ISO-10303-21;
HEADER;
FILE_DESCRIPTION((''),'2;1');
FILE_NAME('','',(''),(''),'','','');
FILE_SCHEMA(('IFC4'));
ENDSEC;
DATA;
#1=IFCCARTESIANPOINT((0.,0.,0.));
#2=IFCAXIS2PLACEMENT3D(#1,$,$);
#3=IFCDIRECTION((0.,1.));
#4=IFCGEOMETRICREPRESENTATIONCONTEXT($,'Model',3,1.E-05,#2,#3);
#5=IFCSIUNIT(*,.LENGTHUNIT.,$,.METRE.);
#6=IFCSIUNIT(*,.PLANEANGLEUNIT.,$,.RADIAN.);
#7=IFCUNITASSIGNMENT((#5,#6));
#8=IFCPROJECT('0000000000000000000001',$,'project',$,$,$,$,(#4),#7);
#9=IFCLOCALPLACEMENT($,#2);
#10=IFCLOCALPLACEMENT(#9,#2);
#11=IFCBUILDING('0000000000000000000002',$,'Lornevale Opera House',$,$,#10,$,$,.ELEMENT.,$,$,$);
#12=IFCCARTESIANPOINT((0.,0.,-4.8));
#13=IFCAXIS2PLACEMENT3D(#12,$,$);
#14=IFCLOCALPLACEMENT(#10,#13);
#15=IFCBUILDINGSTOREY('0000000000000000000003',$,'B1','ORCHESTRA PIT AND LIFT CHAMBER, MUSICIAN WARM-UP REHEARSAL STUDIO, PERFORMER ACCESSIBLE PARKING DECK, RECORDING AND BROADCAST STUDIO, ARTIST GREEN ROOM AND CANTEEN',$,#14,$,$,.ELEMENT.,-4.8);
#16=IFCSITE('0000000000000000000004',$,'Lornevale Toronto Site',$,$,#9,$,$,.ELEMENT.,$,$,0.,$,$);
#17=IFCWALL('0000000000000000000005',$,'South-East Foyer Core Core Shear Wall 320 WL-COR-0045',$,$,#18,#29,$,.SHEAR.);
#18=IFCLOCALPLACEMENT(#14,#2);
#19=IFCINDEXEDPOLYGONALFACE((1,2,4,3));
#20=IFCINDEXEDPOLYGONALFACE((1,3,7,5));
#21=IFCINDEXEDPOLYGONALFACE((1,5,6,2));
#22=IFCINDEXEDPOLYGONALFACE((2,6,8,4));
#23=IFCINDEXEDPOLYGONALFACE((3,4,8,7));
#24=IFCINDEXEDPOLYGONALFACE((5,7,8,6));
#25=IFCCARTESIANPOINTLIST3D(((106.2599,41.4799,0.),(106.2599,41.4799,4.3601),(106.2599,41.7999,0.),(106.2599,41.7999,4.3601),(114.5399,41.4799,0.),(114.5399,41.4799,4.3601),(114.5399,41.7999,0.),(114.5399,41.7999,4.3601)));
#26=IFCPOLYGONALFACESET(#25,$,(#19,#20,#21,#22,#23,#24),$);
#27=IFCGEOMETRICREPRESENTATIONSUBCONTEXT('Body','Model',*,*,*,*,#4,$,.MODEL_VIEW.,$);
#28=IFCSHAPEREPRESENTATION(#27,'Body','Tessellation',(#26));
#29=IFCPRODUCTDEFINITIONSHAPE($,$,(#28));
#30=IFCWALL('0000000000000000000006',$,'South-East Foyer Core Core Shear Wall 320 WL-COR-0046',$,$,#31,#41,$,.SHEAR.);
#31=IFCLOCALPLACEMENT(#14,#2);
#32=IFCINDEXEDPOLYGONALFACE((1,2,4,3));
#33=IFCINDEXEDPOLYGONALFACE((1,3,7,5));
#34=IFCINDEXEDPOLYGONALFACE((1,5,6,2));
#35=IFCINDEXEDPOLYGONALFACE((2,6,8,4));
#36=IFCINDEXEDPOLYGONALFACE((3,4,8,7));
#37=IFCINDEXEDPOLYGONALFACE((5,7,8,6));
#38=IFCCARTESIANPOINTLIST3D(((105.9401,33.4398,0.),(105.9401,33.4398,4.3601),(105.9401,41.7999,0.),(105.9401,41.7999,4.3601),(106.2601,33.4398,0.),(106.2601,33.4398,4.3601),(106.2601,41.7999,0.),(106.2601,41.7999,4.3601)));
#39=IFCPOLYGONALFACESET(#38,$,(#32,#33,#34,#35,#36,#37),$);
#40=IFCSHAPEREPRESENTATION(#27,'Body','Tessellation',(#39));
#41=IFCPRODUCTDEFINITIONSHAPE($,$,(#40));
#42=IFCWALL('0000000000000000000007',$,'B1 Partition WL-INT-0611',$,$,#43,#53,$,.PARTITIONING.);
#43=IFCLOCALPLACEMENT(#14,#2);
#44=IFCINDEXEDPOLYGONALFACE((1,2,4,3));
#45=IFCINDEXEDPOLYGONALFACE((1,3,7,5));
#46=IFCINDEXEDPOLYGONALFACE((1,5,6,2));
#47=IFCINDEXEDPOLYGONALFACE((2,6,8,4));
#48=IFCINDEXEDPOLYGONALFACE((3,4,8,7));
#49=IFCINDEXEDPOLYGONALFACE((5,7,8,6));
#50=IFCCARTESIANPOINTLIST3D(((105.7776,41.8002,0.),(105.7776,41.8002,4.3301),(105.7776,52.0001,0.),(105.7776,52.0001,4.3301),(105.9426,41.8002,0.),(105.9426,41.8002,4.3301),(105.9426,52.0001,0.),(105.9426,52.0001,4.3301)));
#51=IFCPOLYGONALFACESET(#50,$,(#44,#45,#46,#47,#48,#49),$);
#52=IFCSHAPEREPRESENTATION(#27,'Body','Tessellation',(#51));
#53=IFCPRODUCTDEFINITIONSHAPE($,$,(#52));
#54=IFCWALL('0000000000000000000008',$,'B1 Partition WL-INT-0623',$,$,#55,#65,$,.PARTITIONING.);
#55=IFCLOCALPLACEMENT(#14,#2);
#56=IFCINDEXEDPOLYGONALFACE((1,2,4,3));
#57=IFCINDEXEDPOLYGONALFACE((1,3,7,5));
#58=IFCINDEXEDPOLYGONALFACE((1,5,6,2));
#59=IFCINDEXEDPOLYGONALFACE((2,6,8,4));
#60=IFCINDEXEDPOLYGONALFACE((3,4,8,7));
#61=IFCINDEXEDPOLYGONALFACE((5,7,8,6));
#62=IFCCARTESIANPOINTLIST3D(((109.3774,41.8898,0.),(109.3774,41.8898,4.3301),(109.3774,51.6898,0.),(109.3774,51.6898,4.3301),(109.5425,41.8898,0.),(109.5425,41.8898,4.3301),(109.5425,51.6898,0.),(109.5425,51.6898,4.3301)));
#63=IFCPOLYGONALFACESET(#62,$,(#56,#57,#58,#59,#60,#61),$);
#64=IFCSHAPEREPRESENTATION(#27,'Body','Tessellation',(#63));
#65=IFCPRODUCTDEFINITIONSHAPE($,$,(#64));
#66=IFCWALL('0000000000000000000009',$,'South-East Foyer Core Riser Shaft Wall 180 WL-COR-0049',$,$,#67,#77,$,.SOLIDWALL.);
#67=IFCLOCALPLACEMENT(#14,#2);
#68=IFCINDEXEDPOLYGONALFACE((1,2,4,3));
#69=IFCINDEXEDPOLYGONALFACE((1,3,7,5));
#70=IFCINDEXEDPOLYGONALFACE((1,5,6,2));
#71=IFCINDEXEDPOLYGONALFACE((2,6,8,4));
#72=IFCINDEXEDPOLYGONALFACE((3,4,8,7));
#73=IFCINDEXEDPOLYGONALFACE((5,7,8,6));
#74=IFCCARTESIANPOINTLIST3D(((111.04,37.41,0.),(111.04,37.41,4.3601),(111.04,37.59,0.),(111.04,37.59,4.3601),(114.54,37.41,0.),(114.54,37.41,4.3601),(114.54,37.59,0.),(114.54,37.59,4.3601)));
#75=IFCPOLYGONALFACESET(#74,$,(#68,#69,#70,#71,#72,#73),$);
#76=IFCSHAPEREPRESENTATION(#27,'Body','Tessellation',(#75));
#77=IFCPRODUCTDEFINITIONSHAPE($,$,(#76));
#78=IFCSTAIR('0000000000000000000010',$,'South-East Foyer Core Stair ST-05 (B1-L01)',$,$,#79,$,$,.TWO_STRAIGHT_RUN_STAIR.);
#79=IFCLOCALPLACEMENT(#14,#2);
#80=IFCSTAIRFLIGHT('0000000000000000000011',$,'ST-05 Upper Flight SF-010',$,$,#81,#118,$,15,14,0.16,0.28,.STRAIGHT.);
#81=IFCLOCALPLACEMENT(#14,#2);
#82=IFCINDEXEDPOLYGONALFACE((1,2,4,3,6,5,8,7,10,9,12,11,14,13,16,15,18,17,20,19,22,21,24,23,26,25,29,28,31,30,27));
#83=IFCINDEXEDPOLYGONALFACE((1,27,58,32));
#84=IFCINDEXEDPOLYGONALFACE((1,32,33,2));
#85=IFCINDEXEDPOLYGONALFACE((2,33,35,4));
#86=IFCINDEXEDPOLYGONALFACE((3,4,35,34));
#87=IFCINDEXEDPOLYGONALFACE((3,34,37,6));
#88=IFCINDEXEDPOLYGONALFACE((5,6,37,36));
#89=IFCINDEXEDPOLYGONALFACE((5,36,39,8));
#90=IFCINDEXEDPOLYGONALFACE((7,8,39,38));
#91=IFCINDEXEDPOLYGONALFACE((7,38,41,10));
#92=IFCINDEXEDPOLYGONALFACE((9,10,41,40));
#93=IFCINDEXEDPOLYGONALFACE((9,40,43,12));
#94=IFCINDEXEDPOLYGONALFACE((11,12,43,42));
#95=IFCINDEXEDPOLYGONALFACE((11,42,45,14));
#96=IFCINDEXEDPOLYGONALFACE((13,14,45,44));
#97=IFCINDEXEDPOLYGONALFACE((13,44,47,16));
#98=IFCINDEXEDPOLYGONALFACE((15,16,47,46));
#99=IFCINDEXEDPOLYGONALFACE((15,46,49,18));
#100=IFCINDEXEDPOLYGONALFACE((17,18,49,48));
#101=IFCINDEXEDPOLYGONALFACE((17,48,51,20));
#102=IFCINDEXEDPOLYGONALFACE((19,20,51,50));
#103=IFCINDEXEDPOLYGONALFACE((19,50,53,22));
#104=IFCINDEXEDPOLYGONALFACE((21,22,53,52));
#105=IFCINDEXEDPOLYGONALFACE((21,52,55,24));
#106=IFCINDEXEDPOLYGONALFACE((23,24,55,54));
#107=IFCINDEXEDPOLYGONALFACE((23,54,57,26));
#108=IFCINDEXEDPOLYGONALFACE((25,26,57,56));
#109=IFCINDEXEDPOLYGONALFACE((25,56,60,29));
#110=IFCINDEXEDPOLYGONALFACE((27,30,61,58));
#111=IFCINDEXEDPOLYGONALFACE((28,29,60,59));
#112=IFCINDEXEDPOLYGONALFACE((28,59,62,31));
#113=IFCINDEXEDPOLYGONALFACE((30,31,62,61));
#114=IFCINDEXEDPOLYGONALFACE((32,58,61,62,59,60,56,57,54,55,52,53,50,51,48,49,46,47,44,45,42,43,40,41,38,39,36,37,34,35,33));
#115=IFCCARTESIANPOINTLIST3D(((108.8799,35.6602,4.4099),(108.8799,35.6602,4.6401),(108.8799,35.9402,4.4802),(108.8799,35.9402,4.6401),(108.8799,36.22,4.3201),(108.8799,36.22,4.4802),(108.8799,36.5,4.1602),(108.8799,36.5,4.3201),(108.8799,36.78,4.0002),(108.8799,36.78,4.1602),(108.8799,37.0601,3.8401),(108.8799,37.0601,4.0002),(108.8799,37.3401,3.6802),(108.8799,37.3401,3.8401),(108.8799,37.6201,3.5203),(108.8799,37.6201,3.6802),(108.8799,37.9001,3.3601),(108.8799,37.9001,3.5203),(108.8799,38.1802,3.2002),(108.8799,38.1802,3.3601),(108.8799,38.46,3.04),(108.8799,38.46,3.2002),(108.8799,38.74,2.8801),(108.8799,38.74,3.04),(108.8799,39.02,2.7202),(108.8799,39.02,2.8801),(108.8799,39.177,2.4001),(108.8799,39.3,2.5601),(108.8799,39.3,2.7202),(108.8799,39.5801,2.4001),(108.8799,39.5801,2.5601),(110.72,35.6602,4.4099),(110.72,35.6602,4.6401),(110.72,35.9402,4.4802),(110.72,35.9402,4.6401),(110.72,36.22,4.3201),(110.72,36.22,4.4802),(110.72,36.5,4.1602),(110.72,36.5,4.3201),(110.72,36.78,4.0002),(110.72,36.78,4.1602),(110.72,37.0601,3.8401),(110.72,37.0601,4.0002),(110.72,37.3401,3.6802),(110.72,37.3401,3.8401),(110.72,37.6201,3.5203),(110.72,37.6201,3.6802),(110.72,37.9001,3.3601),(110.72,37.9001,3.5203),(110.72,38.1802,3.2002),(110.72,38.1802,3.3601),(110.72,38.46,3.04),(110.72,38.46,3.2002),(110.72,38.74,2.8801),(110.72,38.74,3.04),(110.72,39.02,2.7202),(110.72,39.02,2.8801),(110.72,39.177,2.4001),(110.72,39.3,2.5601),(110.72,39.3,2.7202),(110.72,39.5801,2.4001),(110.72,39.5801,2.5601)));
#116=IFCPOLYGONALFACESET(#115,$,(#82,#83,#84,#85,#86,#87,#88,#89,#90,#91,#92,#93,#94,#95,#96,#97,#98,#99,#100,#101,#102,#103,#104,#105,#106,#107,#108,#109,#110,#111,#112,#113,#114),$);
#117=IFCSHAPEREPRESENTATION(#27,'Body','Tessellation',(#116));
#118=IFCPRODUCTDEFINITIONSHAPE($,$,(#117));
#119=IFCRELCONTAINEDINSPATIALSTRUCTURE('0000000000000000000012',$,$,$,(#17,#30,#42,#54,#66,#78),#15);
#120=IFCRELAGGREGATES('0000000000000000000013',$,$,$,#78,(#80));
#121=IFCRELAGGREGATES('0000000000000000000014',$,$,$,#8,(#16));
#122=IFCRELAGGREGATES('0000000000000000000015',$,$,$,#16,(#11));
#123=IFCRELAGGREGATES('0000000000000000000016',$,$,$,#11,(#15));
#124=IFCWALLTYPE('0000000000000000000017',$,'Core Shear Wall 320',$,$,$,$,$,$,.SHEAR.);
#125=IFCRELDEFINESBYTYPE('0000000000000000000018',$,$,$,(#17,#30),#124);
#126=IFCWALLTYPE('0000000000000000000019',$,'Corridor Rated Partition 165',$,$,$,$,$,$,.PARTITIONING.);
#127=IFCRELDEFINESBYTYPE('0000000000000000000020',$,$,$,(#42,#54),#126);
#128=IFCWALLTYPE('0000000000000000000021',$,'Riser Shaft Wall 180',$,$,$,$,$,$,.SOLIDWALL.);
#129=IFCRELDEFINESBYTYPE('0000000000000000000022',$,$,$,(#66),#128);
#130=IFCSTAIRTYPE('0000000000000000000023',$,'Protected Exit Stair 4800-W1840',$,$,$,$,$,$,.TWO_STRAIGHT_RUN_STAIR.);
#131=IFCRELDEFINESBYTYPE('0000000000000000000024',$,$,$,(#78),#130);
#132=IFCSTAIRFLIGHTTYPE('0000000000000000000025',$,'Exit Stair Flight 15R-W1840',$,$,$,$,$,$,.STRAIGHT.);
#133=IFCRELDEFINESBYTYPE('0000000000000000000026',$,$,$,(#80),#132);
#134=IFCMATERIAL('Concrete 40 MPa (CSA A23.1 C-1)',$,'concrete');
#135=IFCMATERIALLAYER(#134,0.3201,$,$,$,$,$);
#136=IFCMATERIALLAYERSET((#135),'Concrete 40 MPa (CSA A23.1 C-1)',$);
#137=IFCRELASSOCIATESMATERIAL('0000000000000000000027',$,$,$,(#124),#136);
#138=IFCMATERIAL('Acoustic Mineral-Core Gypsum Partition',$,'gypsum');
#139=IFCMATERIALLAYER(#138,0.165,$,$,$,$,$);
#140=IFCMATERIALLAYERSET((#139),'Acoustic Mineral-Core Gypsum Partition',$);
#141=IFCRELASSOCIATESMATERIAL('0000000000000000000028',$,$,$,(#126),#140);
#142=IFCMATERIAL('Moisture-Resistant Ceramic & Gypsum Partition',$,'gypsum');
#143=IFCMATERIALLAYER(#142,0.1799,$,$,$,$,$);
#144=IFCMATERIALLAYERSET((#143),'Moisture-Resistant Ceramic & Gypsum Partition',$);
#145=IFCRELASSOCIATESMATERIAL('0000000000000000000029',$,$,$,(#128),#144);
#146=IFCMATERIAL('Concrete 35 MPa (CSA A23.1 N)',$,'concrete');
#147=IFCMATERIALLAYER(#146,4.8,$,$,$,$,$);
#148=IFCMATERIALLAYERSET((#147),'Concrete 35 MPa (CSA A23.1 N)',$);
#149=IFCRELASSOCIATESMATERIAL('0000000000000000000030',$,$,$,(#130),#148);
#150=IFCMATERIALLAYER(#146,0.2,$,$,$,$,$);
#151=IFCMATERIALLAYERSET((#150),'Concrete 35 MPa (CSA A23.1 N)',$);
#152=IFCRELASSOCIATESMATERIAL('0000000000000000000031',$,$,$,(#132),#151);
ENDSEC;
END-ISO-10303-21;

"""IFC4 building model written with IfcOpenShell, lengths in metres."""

from ifc_helpers import new_model, si_unit, direction, frame, frame_2d, origin, place, context, subcontext, project, spatial, polyline, rectangle, outline, extrude, material, layer, layer_set, type_object, element, aggregate, save


model = new_model("IFC4")

# Units and contexts
model_context = context("Model", 3, precision=1e-05, world=origin(), true_north=direction((0.0, 1.0)))
body_context = subcontext(model_context, "Body", "Model", "MODEL_VIEW")
ifc_project = project(units=[si_unit("LENGTHUNIT", "METRE"), si_unit("PLANEANGLEUNIT", "RADIAN")], contexts=[model_context])

# Site, building, storey
site_placement = place(None, origin())
site = spatial("IfcSite", under=ifc_project, at=site_placement, Name="Lornevale Toronto Site", CompositionType="ELEMENT", RefElevation=0.0)
building_placement = place(site_placement, origin())
building = spatial("IfcBuilding", under=site, at=building_placement, Name="Lornevale Opera House", CompositionType="ELEMENT")
storey_placement = place(building_placement, frame((0.0, 0.0, -4.8)))
storey = spatial("IfcBuildingStorey", under=building, at=storey_placement, Name="B1", Description="ORCHESTRA PIT AND LIFT CHAMBER, MUSICIAN WARM-UP REHEARSAL STUDIO, PERFORMER ACCESSIBLE PARKING DECK, RECORDING AND BROADCAST STUDIO, ARTIST GREEN ROOM AND CANTEEN", CompositionType="ELEMENT", Elevation=-4.8)

# Shared definitions
ifc_material_1 = material(Name="Concrete 40 MPa (CSA A23.1 C-1)", Category="concrete")

# Shared definitions
ifc_material_2 = material(Name="Concrete 35 MPa (CSA A23.1 N)", Category="concrete")

# Walls
ifc_layer_1 = layer(ifc_material_1, 0.3201)
ifc_layer_set_1 = layer_set([ifc_layer_1], Name="Concrete 40 MPa (CSA A23.1 C-1)")
wall_type_1 = type_object("IfcWallType", Name="Core Shear Wall 320", PredefinedType="SHEAR", material=ifc_layer_set_1)
wall_1_placement = place(storey_placement, frame((114.54, 41.6399, 0.0), z_axis=(0.0, 0.0, 1.0), x_axis=(-1.0, 0.0, 0.0)))
element("IfcWall", 1, at=wall_1_placement, inside=storey, type_object=wall_type_1, Name="South-East Foyer Core Core Shear Wall 320 WL-COR-0045", PredefinedType="SHEAR", context=body_context, shape_type="SweptSolid", body=[
    extrude(rectangle(XDim=8.28, YDim=0.3201, at=frame_2d((4.1401, 0.0))), origin(), (0.0, 0.0, 1.0), 4.3601),
])
wall_2_placement = place(storey_placement, frame((106.1001, 41.8, 0.0), z_axis=(0.0, 0.0, 1.0), x_axis=(0.0, -1.0, 0.0)))
element("IfcWall", 2, at=wall_2_placement, inside=storey, type_object=wall_type_1, Name="South-East Foyer Core Core Shear Wall 320 WL-COR-0046", PredefinedType="SHEAR", context=body_context, shape_type="SweptSolid", body=[
    extrude(rectangle(XDim=8.3601, YDim=0.3201, at=frame_2d((4.1802, 0.0))), origin(), (0.0, 0.0, 1.0), 4.3601),
])
ifc_material_3 = material(Name="Acoustic Mineral-Core Gypsum Partition", Category="gypsum")
ifc_layer_2 = layer(ifc_material_3, 0.165)
ifc_layer_set_2 = layer_set([ifc_layer_2], Name="Acoustic Mineral-Core Gypsum Partition")
wall_type_2 = type_object("IfcWallType", Name="Corridor Rated Partition 165", PredefinedType="PARTITIONING", material=ifc_layer_set_2)
wall_3_placement = place(storey_placement, frame((105.8601, 41.8, 0.0), z_axis=(0.0, 0.0, 1.0), x_axis=(0.0, 1.0, 0.0)))
element("IfcWall", 3, at=wall_3_placement, inside=storey, type_object=wall_type_2, Name="B1 Partition WL-INT-0611", PredefinedType="PARTITIONING", context=body_context, shape_type="SweptSolid", body=[
    extrude(rectangle(XDim=10.2, YDim=0.165, at=frame_2d((5.1001, 0.0))), origin(), (0.0, 0.0, 1.0), 4.3301),
])
wall_4_placement = place(storey_placement, frame((109.46, 41.8899, 0.0), z_axis=(0.0, 0.0, 1.0), x_axis=(0.0, 1.0, 0.0)))
element("IfcWall", 4, at=wall_4_placement, inside=storey, type_object=wall_type_2, Name="B1 Partition WL-INT-0623", PredefinedType="PARTITIONING", context=body_context, shape_type="SweptSolid", body=[
    extrude(rectangle(XDim=9.8, YDim=0.165, at=frame_2d((4.8999, 0.0))), origin(), (0.0, 0.0, 1.0), 4.3301),
])
ifc_material_4 = material(Name="Moisture-Resistant Ceramic & Gypsum Partition", Category="gypsum")
ifc_layer_3 = layer(ifc_material_4, 0.1799)
ifc_layer_set_3 = layer_set([ifc_layer_3], Name="Moisture-Resistant Ceramic & Gypsum Partition")
wall_type_3 = type_object("IfcWallType", Name="Riser Shaft Wall 180", PredefinedType="SOLIDWALL", material=ifc_layer_set_3)
wall_5_placement = place(storey_placement, frame((111.04, 37.5, 0.0), z_axis=(0.0, 0.0, 1.0), x_axis=(1.0, 0.0, 0.0)))
element("IfcWall", 5, at=wall_5_placement, inside=storey, type_object=wall_type_3, Name="South-East Foyer Core Riser Shaft Wall 180 WL-COR-0049", PredefinedType="SOLIDWALL", context=body_context, shape_type="SweptSolid", body=[
    extrude(rectangle(XDim=3.5, YDim=0.1799, at=frame_2d((1.75, 0.0))), origin(), (0.0, 0.0, 1.0), 4.3601),
])

# Stair, stair flight
ifc_layer_4 = layer(ifc_material_2, 4.8)
ifc_layer_set_4 = layer_set([ifc_layer_4], Name="Concrete 35 MPa (CSA A23.1 N)")
stair_type = type_object("IfcStairType", Name="Protected Exit Stair 4800-W1840", PredefinedType="TWO_STRAIGHT_RUN_STAIR", material=ifc_layer_set_4)
stair_placement = place(storey_placement, origin())
stair = element("IfcStair", 6, at=stair_placement, inside=storey, type_object=stair_type, Name="South-East Foyer Core Stair ST-05 (B1-L01)", PredefinedType="TWO_STRAIGHT_RUN_STAIR")
ifc_layer_5 = layer(ifc_material_2, 0.2)
ifc_layer_set_5 = layer_set([ifc_layer_5], Name="Concrete 35 MPa (CSA A23.1 N)")
stair_flight_type = type_object("IfcStairFlightType", Name="Exit Stair Flight 15R-W1840", PredefinedType="STRAIGHT", material=ifc_layer_set_5)
stair_flight_placement = place(storey_placement, frame((109.8, 39.5801, 2.4001), z_axis=(0.0, 0.0, 1.0), x_axis=(0.0, -1.0, 0.0)))
stair_flight = element("IfcStairFlight", 7, at=stair_flight_placement, type_object=stair_flight_type, Name="ST-05 Upper Flight SF-010", NumberOfRisers=15, NumberOfTreads=14, PredefinedType="STRAIGHT", RiserHeight=0.16, TreadLength=0.28, context=body_context, shape_type="SweptSolid", body=[
    extrude(outline(polyline([(0.0, 0.0), (0.0, 0.1599), (0.28, 0.1599), (0.28, 0.3201), (0.5601, 0.3201), (0.5601, 0.48), (0.8401, 0.48), (0.8401, 0.6399), (1.1201, 0.6399), (1.1201, 0.8), (1.3999, 0.8), (1.3999, 0.96), (1.6799, 0.96), (1.6799, 1.1201), (1.96, 1.1201), (1.96, 1.28), (2.24, 1.28), (2.24, 1.4399), (2.52, 1.4399), (2.52, 1.6001), (2.8, 1.6001), (2.8, 1.76), (3.0801, 1.76), (3.0801, 1.9199), (3.3601, 1.9199), (3.3601, 2.0801), (3.6399, 2.0801), (3.6399, 2.24), (3.9199, 2.24), (3.9199, 2.0098), (0.4031, 0.0), (0.0, 0.0)])), frame((0.0, 0.9199, 0.0), z_axis=(0.0, -1.0, 0.0), x_axis=(1.0, 0.0, 0.0)), (0.0, 0.0, 1.0), 1.8401),
])
aggregate(stair, [stair_flight])

save(model, "model.ifc")
